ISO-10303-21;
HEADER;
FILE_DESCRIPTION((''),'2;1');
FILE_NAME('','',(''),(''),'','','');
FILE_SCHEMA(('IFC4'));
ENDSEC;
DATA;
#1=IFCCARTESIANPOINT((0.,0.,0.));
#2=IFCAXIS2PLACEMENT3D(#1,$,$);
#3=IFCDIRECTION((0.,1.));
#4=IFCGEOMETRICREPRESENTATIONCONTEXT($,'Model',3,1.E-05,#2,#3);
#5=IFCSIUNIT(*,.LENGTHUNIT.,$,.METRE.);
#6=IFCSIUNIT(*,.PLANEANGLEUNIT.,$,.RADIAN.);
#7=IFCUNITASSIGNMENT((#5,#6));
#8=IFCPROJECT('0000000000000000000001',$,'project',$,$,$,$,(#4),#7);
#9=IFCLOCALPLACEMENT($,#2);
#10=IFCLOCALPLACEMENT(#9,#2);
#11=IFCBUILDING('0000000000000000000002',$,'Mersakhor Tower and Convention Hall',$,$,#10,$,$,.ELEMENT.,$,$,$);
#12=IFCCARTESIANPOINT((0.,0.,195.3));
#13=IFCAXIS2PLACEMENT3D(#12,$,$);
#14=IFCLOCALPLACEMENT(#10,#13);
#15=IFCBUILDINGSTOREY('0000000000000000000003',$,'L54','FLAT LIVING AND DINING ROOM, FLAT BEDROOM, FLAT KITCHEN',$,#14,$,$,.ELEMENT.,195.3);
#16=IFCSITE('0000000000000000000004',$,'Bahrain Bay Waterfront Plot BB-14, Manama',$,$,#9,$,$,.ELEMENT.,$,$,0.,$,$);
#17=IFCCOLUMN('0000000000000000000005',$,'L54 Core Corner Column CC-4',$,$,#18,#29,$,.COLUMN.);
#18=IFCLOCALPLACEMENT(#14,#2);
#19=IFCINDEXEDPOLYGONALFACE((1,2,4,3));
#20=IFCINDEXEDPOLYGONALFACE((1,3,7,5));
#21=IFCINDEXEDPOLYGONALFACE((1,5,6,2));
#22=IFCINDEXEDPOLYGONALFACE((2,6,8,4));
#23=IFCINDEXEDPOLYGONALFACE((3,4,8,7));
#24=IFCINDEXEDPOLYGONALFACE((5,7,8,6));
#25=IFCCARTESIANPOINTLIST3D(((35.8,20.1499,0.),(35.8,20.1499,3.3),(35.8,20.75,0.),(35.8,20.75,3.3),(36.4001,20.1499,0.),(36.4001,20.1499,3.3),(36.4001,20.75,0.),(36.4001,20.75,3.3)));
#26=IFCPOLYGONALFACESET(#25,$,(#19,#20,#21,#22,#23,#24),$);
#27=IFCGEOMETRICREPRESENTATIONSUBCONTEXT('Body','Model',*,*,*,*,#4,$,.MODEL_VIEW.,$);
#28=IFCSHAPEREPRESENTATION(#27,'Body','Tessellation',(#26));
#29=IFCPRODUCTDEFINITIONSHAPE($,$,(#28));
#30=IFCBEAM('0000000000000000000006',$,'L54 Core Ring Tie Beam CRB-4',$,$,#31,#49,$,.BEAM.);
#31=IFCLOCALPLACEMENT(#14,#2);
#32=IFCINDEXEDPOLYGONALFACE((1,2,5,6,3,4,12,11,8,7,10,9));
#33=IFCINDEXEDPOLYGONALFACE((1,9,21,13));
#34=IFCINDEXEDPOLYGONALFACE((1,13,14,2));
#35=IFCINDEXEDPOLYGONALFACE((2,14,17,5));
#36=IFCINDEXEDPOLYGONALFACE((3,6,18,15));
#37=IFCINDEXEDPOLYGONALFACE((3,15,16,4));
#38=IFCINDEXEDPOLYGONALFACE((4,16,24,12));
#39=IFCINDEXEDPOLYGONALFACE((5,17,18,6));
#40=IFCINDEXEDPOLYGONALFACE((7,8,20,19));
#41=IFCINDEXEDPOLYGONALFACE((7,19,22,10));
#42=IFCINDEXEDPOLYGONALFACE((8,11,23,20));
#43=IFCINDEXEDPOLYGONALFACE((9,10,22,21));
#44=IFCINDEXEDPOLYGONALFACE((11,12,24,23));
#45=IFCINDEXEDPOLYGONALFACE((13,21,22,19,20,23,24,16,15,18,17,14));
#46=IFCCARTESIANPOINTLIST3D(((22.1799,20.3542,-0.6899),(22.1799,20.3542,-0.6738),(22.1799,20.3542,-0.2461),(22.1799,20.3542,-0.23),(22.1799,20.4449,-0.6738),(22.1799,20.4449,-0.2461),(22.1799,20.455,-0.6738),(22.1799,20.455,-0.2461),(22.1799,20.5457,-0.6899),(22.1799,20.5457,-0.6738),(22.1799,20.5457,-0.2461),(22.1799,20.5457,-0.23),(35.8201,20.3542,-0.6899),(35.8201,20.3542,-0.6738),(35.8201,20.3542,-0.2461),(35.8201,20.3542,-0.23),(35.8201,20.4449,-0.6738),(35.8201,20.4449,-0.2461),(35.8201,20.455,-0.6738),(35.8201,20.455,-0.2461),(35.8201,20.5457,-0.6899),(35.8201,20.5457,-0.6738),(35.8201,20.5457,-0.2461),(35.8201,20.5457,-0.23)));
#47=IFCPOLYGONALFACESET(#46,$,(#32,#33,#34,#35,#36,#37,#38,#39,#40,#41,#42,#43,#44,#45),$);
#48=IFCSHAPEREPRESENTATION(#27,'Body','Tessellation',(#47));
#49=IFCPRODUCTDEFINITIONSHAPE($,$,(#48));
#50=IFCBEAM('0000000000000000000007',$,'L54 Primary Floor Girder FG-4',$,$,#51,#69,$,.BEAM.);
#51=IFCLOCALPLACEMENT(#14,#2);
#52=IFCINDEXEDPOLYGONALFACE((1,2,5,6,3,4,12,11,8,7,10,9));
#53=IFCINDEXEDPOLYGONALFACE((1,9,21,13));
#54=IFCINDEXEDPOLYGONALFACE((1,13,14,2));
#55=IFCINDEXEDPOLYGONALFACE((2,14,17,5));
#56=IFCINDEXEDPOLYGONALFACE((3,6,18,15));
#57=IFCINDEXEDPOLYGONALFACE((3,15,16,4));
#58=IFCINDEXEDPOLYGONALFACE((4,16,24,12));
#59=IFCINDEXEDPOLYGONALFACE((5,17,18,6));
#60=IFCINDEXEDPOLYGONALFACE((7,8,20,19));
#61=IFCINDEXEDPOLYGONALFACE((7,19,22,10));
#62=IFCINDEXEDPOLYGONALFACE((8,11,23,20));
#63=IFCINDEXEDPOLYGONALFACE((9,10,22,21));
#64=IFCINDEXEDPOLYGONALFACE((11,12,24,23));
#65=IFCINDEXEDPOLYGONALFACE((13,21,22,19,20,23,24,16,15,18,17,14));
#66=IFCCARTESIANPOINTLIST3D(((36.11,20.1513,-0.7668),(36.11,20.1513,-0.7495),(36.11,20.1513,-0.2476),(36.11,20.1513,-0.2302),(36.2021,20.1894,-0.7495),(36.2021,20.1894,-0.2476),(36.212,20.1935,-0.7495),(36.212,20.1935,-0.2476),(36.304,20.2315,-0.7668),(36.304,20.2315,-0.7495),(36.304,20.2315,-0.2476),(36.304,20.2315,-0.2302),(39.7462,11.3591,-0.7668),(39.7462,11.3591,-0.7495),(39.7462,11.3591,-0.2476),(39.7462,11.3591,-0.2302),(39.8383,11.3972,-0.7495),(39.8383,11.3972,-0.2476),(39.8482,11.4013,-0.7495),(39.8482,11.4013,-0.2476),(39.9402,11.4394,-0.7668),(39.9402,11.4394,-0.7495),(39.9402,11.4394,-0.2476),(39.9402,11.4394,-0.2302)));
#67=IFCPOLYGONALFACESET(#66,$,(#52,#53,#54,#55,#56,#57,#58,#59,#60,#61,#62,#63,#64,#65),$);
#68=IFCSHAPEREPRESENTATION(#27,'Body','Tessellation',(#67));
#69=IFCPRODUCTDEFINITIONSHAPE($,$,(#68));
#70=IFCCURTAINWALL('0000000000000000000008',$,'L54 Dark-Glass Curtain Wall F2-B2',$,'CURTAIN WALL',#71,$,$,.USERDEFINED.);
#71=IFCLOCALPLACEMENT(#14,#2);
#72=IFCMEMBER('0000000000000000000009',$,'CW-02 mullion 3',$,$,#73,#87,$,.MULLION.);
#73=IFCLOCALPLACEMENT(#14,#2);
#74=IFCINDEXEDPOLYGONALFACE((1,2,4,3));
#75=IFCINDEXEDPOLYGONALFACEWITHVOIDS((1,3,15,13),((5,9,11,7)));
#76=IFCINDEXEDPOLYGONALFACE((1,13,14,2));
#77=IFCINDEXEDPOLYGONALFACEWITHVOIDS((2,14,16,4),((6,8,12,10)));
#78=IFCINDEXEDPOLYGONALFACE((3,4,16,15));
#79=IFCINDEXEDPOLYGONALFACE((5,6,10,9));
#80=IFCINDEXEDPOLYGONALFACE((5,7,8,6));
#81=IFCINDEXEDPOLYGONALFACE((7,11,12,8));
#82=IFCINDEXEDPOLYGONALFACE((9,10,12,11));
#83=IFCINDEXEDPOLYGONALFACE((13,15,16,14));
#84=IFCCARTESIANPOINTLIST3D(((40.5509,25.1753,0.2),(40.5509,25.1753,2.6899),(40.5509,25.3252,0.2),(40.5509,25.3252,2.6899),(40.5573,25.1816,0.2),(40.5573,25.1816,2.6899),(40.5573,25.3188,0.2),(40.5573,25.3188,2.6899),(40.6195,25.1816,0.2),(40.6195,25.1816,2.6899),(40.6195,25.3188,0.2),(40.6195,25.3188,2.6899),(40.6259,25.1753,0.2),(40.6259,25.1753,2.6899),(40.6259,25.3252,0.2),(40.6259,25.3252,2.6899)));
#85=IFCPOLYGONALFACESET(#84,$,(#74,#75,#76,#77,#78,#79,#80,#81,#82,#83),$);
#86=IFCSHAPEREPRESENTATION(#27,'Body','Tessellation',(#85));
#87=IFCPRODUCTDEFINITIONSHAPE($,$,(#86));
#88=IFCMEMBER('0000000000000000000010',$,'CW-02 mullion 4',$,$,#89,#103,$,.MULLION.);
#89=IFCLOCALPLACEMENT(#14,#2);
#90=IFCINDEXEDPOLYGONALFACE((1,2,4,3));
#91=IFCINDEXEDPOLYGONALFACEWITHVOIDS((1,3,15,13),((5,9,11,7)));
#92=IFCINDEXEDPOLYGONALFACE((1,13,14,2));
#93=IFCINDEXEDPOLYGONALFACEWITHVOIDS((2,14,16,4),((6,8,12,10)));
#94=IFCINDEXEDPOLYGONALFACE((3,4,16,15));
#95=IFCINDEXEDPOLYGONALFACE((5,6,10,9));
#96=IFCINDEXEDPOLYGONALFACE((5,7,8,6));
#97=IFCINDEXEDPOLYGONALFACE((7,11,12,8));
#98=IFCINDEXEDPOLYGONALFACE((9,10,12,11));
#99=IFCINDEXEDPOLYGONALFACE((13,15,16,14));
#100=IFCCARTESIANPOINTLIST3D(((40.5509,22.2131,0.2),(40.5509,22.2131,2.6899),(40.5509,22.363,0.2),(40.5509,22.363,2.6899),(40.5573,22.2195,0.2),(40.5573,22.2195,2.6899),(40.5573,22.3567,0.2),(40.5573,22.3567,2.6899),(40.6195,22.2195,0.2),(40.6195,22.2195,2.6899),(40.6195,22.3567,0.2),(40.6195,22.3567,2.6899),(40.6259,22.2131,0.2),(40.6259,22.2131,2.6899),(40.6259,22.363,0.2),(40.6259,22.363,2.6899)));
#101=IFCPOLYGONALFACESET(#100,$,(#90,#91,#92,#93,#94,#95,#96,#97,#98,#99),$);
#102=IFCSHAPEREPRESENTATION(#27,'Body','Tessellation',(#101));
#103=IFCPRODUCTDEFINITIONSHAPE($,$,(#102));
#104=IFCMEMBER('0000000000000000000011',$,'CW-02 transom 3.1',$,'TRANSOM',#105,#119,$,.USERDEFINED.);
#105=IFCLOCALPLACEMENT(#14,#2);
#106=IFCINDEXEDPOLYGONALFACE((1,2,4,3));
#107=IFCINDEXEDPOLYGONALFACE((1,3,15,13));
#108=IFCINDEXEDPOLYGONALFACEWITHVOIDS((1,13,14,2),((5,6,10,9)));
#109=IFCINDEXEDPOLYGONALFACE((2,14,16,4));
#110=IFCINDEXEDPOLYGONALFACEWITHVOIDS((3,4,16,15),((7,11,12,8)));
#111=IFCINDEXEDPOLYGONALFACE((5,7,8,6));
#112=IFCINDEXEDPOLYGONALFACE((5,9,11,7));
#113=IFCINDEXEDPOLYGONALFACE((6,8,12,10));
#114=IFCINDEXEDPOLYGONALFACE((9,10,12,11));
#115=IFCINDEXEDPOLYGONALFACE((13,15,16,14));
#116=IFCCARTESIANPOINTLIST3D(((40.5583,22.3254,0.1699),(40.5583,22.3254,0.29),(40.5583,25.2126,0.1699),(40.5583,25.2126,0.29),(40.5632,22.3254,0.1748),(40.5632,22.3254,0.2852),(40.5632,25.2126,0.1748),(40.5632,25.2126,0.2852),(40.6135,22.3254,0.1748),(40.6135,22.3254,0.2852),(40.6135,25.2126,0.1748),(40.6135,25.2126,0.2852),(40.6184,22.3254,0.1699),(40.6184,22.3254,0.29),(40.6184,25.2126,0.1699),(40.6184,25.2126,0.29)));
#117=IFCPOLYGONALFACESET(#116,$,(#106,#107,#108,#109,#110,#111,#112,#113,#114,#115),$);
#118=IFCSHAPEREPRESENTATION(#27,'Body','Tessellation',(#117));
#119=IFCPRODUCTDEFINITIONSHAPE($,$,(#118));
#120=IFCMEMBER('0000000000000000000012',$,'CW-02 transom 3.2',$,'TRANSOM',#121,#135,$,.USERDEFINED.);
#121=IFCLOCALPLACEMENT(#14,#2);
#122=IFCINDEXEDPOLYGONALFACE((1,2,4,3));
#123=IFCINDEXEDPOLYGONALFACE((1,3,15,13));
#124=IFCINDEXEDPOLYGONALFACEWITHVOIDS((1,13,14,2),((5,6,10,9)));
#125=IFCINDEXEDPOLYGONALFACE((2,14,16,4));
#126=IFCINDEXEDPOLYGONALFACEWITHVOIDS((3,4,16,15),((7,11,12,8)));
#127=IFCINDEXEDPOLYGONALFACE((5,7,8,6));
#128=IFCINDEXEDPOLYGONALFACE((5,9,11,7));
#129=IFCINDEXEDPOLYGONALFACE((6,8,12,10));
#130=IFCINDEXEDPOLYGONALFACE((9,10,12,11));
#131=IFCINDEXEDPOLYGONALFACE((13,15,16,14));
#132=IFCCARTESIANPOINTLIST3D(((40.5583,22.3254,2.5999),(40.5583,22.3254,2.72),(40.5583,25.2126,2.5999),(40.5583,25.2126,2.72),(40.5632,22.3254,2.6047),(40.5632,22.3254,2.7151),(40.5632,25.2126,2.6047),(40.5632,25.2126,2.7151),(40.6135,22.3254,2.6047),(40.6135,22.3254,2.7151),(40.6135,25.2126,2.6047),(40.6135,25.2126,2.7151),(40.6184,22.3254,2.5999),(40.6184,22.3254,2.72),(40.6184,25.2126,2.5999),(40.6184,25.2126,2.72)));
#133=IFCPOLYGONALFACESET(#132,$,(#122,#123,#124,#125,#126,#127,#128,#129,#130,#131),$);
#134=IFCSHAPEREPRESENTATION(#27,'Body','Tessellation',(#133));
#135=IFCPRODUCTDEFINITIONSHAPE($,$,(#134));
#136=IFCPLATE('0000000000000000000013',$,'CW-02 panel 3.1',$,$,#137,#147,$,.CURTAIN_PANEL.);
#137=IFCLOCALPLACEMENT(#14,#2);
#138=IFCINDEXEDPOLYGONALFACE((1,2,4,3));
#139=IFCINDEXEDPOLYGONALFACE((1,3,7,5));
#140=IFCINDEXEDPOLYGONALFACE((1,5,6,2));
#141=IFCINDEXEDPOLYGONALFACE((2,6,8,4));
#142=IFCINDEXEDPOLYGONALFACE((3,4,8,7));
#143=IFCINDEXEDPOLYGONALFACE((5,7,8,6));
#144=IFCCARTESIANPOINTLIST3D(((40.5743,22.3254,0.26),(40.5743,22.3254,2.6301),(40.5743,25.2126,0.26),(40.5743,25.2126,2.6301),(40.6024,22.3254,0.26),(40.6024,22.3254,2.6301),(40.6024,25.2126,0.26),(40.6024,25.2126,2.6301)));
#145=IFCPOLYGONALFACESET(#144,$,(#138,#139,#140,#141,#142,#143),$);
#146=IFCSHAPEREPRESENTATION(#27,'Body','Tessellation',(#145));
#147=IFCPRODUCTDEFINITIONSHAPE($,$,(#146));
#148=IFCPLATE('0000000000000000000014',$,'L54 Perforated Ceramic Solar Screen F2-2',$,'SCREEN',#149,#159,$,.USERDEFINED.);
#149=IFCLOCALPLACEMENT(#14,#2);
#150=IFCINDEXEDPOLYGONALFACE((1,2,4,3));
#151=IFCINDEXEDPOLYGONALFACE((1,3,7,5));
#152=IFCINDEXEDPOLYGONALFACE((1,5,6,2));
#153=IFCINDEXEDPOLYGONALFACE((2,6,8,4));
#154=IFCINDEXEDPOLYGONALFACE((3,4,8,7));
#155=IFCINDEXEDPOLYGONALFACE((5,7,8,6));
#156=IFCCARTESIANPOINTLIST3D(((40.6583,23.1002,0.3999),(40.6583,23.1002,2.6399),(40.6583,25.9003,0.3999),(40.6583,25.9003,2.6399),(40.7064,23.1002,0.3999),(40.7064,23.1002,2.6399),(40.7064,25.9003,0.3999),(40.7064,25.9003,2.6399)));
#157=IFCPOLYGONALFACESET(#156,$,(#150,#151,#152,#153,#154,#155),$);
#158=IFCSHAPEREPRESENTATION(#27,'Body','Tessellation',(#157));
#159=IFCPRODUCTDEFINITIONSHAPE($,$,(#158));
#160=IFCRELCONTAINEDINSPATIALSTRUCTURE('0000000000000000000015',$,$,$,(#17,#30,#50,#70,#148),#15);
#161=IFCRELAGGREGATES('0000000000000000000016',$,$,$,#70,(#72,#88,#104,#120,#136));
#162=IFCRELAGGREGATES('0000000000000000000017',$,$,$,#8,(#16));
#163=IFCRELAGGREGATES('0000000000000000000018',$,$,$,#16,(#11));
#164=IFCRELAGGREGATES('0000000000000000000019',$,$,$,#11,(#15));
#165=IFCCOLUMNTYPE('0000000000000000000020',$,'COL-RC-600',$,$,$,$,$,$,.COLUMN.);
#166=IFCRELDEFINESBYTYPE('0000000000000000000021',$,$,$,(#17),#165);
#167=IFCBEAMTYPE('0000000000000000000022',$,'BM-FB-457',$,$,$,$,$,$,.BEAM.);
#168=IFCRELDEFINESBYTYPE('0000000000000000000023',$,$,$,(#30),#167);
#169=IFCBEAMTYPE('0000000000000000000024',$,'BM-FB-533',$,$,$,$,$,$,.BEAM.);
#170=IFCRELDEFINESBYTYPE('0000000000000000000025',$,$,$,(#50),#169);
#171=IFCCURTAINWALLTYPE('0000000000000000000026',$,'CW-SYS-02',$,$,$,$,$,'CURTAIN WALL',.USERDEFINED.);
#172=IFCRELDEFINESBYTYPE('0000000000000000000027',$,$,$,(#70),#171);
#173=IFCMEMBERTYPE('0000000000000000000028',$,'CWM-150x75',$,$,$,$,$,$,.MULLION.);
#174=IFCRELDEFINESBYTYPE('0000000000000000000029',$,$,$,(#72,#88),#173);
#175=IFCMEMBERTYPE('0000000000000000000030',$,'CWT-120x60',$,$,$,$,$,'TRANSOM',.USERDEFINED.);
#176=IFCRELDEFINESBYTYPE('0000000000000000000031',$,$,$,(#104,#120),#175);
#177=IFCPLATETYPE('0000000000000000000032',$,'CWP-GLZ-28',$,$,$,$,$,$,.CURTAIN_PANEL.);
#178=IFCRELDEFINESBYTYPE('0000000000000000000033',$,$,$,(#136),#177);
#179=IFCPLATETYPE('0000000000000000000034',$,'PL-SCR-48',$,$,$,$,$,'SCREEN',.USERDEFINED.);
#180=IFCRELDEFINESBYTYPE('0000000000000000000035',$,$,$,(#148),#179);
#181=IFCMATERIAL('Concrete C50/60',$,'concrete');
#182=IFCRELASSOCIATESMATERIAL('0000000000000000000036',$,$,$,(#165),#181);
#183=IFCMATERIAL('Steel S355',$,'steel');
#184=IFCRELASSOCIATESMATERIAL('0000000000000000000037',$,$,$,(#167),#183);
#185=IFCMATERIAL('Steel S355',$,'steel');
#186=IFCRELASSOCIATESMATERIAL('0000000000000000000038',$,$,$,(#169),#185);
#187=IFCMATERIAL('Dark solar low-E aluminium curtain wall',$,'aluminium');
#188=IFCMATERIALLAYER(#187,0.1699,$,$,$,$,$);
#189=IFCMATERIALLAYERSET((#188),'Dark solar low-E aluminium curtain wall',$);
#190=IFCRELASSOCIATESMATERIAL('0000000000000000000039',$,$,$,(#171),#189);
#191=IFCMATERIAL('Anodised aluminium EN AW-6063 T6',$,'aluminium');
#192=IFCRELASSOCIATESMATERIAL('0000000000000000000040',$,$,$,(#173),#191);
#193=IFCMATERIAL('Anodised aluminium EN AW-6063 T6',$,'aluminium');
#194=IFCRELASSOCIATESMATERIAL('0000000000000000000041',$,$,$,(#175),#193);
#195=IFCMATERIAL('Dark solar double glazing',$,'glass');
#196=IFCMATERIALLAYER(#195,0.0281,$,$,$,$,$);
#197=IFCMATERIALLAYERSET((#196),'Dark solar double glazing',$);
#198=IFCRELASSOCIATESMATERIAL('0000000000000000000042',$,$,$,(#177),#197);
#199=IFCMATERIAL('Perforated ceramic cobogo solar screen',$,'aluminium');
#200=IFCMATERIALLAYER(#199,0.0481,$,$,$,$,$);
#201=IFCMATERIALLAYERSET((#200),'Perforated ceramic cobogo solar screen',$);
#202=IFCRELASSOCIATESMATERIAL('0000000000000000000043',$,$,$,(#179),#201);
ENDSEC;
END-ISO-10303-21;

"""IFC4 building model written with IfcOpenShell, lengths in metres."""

from ifc_helpers import new_model, si_unit, direction, frame, origin, origin_2d, place, context, subcontext, project, spatial, rectangle, hollow_rectangle, i_section, extrude, material, layer, layer_set, material_profile, profile_set, type_object, element, aggregate, save


model = new_model("IFC4")

# Units and contexts
model_context = context("Model", 3, precision=1e-05, world=origin(), true_north=direction((0.0, 1.0)))
body_context = subcontext(model_context, "Body", "Model", "MODEL_VIEW")
ifc_project = project(units=[si_unit("LENGTHUNIT", "METRE"), si_unit("PLANEANGLEUNIT", "RADIAN")], contexts=[model_context])

# Site, building, storey
site_placement = place(None, origin())
site = spatial("IfcSite", under=ifc_project, at=site_placement, Name="Bahrain Bay Waterfront Plot BB-14, Manama", CompositionType="ELEMENT", RefElevation=0.0)
building_placement = place(site_placement, origin())
building = spatial("IfcBuilding", under=site, at=building_placement, Name="Mersakhor Tower and Convention Hall", CompositionType="ELEMENT")
storey_placement = place(building_placement, frame((0.0, 0.0, 195.3)))
storey = spatial("IfcBuildingStorey", under=building, at=storey_placement, Name="L54", Description="FLAT LIVING AND DINING ROOM, FLAT BEDROOM, FLAT KITCHEN", CompositionType="ELEMENT", Elevation=195.3)

# Column
ifc_material_1 = material(Name="Concrete C50/60", Category="concrete")
ifc_material_profile_1 = material_profile(ifc_material_1, rectangle(XDim=0.6001, YDim=0.6001, at=origin_2d()), Name="RC 600x600")
ifc_profile_set_1 = profile_set([ifc_material_profile_1], Name="Concrete C50/60")
column_type = type_object("IfcColumnType", Name="COL-RC-600", PredefinedType="COLUMN", material=ifc_profile_set_1)
column_placement = place(storey_placement, frame((36.1001, 20.45, 0.0), z_axis=(0.0, 0.0, 1.0), x_axis=(1.0, 0.0, 0.0)))
element("IfcColumn", 1, at=column_placement, inside=storey, type_object=column_type, Name="L54 Core Corner Column CC-4", PredefinedType="COLUMN", context=body_context, shape_type="SweptSolid", body=[
    extrude(rectangle(XDim=0.6001, YDim=0.6001, at=origin_2d()), origin(), (0.0, 0.0, 1.0), 3.3),
])

# Beams
ifc_material_2 = material(Name="Steel S355", Category="steel")
ifc_material_profile_2 = material_profile(ifc_material_2, i_section(OverallWidth=0.1914, OverallDepth=0.46, WebThickness=0.01, FlangeThickness=0.0161, at=origin_2d()), Name="UB 457x191x82")
ifc_profile_set_2 = profile_set([ifc_material_profile_2], Name="Steel S355")
beam_type_1 = type_object("IfcBeamType", Name="BM-FB-457", PredefinedType="BEAM", material=ifc_profile_set_2)
beam_1_placement = place(storey_placement, frame((35.8201, 20.45, -0.46), z_axis=(-1.0, 0.0, 0.0), x_axis=(0.0, -1.0, 0.0)))
element("IfcBeam", 2, at=beam_1_placement, inside=storey, type_object=beam_type_1, Name="L54 Core Ring Tie Beam CRB-4", PredefinedType="BEAM", context=body_context, shape_type="SweptSolid", body=[
    extrude(i_section(OverallWidth=0.1914, OverallDepth=0.46, WebThickness=0.01, FlangeThickness=0.0161, at=origin_2d()), origin(), (0.0, 0.0, 1.0), 13.6401),
])
ifc_material_3 = material(Name="Steel S355", Category="steel")
ifc_material_profile_3 = material_profile(ifc_material_3, i_section(OverallWidth=0.21, OverallDepth=0.5366, WebThickness=0.0107, FlangeThickness=0.0173, at=origin_2d()), Name="UB 533x210x101")
ifc_profile_set_3 = profile_set([ifc_material_profile_3], Name="Steel S355")
beam_type_2 = type_object("IfcBeamType", Name="BM-FB-533", PredefinedType="BEAM", material=ifc_profile_set_3)
beam_2_placement = place(storey_placement, frame((36.207, 20.1914, -0.4985), z_axis=(0.382178, -0.924089, 0.0), x_axis=(0.924089, 0.382178, 0.0)))
element("IfcBeam", 3, at=beam_2_placement, inside=storey, type_object=beam_type_2, Name="L54 Primary Floor Girder FG-4", PredefinedType="BEAM", context=body_context, shape_type="SweptSolid", body=[
    extrude(i_section(OverallWidth=0.21, OverallDepth=0.5366, WebThickness=0.0107, FlangeThickness=0.0173, at=origin_2d()), origin(), (0.0, 0.0, 1.0), 9.5144),
])

# Curtain wall, members, plate
ifc_material_4 = material(Name="Dark solar low-E aluminium curtain wall", Category="aluminium")
ifc_layer_1 = layer(ifc_material_4, 0.1699)
ifc_layer_set_1 = layer_set([ifc_layer_1], Name="Dark solar low-E aluminium curtain wall")
curtain_wall_type = type_object("IfcCurtainWallType", Name="CW-SYS-02", ElementType="CURTAIN WALL", PredefinedType="USERDEFINED", material=ifc_layer_set_1)
curtain_wall_placement = place(storey_placement, origin())
curtain_wall = element("IfcCurtainWall", 4, at=curtain_wall_placement, inside=storey, type_object=curtain_wall_type, Name="L54 Dark-Glass Curtain Wall F2-B2", ObjectType="CURTAIN WALL", PredefinedType="USERDEFINED")
ifc_material_5 = material(Name="Anodised aluminium EN AW-6063 T6", Category="aluminium")
ifc_material_profile_4 = material_profile(ifc_material_5, hollow_rectangle(XDim=0.075, YDim=0.1499, WallThickness=0.0063, at=origin_2d()), Name="RHS 150x75x6.3")
ifc_profile_set_4 = profile_set([ifc_material_profile_4], Name="Anodised aluminium EN AW-6063 T6")
member_type_1 = type_object("IfcMemberType", Name="CWM-150x75", PredefinedType="MULLION", material=ifc_profile_set_4)
member_1_placement = place(storey_placement, frame((40.5884, 25.2502, 0.2), z_axis=(0.0, 0.0, 1.0), x_axis=(1.0, 0.0, 0.0)))
member_1 = element("IfcMember", 5, at=member_1_placement, type_object=member_type_1, Name="CW-02 mullion 3", PredefinedType="MULLION", context=body_context, shape_type="SweptSolid", body=[
    extrude(hollow_rectangle(XDim=0.075, YDim=0.1499, WallThickness=0.0063, at=origin_2d()), origin(), (0.0, 0.0, 1.0), 2.49),
])
member_2_placement = place(storey_placement, frame((40.5884, 22.2881, 0.2), z_axis=(0.0, 0.0, 1.0), x_axis=(1.0, 0.0, 0.0)))
member_2 = element("IfcMember", 6, at=member_2_placement, type_object=member_type_1, Name="CW-02 mullion 4", PredefinedType="MULLION", context=body_context, shape_type="SweptSolid", body=[
    extrude(hollow_rectangle(XDim=0.075, YDim=0.1499, WallThickness=0.0063, at=origin_2d()), origin(), (0.0, 0.0, 1.0), 2.49),
])
ifc_material_6 = material(Name="Anodised aluminium EN AW-6063 T6", Category="aluminium")
ifc_material_profile_5 = material_profile(ifc_material_6, hollow_rectangle(XDim=0.0601, YDim=0.1201, WallThickness=0.0049, at=origin_2d()), Name="RHS 120x60x5")
ifc_profile_set_5 = profile_set([ifc_material_profile_5], Name="Anodised aluminium EN AW-6063 T6")
member_type_2 = type_object("IfcMemberType", Name="CWT-120x60", ElementType="TRANSOM", PredefinedType="USERDEFINED", material=ifc_profile_set_5)
member_3_placement = place(storey_placement, frame((40.5884, 25.2126, 0.23), z_axis=(0.0, -1.0, 0.0), x_axis=(1.0, 0.0, 0.0)))
member_3 = element("IfcMember", 7, at=member_3_placement, type_object=member_type_2, Name="CW-02 transom 3.1", ObjectType="TRANSOM", PredefinedType="USERDEFINED", context=body_context, shape_type="SweptSolid", body=[
    extrude(hollow_rectangle(XDim=0.0601, YDim=0.1201, WallThickness=0.0049, at=origin_2d()), origin(), (0.0, 0.0, 1.0), 2.8872),
])
member_4_placement = place(storey_placement, frame((40.5884, 25.2126, 2.6599), z_axis=(0.0, -1.0, 0.0), x_axis=(1.0, 0.0, 0.0)))
member_4 = element("IfcMember", 8, at=member_4_placement, type_object=member_type_2, Name="CW-02 transom 3.2", ObjectType="TRANSOM", PredefinedType="USERDEFINED", context=body_context, shape_type="SweptSolid", body=[
    extrude(hollow_rectangle(XDim=0.0601, YDim=0.1201, WallThickness=0.0049, at=origin_2d()), origin(), (0.0, 0.0, 1.0), 2.8872),
])
ifc_material_7 = material(Name="Dark solar double glazing", Category="glass")
ifc_layer_2 = layer(ifc_material_7, 0.0281)
ifc_layer_set_2 = layer_set([ifc_layer_2], Name="Dark solar double glazing")
plate_type_1 = type_object("IfcPlateType", Name="CWP-GLZ-28", PredefinedType="CURTAIN_PANEL", material=ifc_layer_set_2)
plate_1_placement = place(storey_placement, frame((40.5884, 23.769, 0.26), z_axis=(0.0, 0.0, 1.0), x_axis=(0.0, -1.0, 0.0)))
plate_1 = element("IfcPlate", 9, at=plate_1_placement, type_object=plate_type_1, Name="CW-02 panel 3.1", PredefinedType="CURTAIN_PANEL", context=body_context, shape_type="SweptSolid", body=[
    extrude(rectangle(XDim=2.8872, YDim=0.0281, at=origin_2d()), origin(), (0.0, 0.0, 1.0), 2.3701),
])
aggregate(curtain_wall, [member_1, member_2, member_3, member_4, plate_1])

# Plate
ifc_material_8 = material(Name="Perforated ceramic cobogo solar screen", Category="aluminium")
ifc_layer_3 = layer(ifc_material_8, 0.0481)
ifc_layer_set_3 = layer_set([ifc_layer_3], Name="Perforated ceramic cobogo solar screen")
plate_type_2 = type_object("IfcPlateType", Name="PL-SCR-48", ElementType="SCREEN", PredefinedType="USERDEFINED", material=ifc_layer_set_3)
plate_2_placement = place(storey_placement, frame((40.6824, 24.5002, 0.3999), z_axis=(0.0, 0.0, 1.0), x_axis=(0.0, -1.0, 0.0)))
element("IfcPlate", 10, at=plate_2_placement, inside=storey, type_object=plate_type_2, Name="L54 Perforated Ceramic Solar Screen F2-2", ObjectType="SCREEN", PredefinedType="USERDEFINED", context=body_context, shape_type="SweptSolid", body=[
    extrude(rectangle(XDim=2.8, YDim=0.0481, at=origin_2d()), origin(), (0.0, 0.0, 1.0), 2.24),
])

save(model, "model.ifc")
